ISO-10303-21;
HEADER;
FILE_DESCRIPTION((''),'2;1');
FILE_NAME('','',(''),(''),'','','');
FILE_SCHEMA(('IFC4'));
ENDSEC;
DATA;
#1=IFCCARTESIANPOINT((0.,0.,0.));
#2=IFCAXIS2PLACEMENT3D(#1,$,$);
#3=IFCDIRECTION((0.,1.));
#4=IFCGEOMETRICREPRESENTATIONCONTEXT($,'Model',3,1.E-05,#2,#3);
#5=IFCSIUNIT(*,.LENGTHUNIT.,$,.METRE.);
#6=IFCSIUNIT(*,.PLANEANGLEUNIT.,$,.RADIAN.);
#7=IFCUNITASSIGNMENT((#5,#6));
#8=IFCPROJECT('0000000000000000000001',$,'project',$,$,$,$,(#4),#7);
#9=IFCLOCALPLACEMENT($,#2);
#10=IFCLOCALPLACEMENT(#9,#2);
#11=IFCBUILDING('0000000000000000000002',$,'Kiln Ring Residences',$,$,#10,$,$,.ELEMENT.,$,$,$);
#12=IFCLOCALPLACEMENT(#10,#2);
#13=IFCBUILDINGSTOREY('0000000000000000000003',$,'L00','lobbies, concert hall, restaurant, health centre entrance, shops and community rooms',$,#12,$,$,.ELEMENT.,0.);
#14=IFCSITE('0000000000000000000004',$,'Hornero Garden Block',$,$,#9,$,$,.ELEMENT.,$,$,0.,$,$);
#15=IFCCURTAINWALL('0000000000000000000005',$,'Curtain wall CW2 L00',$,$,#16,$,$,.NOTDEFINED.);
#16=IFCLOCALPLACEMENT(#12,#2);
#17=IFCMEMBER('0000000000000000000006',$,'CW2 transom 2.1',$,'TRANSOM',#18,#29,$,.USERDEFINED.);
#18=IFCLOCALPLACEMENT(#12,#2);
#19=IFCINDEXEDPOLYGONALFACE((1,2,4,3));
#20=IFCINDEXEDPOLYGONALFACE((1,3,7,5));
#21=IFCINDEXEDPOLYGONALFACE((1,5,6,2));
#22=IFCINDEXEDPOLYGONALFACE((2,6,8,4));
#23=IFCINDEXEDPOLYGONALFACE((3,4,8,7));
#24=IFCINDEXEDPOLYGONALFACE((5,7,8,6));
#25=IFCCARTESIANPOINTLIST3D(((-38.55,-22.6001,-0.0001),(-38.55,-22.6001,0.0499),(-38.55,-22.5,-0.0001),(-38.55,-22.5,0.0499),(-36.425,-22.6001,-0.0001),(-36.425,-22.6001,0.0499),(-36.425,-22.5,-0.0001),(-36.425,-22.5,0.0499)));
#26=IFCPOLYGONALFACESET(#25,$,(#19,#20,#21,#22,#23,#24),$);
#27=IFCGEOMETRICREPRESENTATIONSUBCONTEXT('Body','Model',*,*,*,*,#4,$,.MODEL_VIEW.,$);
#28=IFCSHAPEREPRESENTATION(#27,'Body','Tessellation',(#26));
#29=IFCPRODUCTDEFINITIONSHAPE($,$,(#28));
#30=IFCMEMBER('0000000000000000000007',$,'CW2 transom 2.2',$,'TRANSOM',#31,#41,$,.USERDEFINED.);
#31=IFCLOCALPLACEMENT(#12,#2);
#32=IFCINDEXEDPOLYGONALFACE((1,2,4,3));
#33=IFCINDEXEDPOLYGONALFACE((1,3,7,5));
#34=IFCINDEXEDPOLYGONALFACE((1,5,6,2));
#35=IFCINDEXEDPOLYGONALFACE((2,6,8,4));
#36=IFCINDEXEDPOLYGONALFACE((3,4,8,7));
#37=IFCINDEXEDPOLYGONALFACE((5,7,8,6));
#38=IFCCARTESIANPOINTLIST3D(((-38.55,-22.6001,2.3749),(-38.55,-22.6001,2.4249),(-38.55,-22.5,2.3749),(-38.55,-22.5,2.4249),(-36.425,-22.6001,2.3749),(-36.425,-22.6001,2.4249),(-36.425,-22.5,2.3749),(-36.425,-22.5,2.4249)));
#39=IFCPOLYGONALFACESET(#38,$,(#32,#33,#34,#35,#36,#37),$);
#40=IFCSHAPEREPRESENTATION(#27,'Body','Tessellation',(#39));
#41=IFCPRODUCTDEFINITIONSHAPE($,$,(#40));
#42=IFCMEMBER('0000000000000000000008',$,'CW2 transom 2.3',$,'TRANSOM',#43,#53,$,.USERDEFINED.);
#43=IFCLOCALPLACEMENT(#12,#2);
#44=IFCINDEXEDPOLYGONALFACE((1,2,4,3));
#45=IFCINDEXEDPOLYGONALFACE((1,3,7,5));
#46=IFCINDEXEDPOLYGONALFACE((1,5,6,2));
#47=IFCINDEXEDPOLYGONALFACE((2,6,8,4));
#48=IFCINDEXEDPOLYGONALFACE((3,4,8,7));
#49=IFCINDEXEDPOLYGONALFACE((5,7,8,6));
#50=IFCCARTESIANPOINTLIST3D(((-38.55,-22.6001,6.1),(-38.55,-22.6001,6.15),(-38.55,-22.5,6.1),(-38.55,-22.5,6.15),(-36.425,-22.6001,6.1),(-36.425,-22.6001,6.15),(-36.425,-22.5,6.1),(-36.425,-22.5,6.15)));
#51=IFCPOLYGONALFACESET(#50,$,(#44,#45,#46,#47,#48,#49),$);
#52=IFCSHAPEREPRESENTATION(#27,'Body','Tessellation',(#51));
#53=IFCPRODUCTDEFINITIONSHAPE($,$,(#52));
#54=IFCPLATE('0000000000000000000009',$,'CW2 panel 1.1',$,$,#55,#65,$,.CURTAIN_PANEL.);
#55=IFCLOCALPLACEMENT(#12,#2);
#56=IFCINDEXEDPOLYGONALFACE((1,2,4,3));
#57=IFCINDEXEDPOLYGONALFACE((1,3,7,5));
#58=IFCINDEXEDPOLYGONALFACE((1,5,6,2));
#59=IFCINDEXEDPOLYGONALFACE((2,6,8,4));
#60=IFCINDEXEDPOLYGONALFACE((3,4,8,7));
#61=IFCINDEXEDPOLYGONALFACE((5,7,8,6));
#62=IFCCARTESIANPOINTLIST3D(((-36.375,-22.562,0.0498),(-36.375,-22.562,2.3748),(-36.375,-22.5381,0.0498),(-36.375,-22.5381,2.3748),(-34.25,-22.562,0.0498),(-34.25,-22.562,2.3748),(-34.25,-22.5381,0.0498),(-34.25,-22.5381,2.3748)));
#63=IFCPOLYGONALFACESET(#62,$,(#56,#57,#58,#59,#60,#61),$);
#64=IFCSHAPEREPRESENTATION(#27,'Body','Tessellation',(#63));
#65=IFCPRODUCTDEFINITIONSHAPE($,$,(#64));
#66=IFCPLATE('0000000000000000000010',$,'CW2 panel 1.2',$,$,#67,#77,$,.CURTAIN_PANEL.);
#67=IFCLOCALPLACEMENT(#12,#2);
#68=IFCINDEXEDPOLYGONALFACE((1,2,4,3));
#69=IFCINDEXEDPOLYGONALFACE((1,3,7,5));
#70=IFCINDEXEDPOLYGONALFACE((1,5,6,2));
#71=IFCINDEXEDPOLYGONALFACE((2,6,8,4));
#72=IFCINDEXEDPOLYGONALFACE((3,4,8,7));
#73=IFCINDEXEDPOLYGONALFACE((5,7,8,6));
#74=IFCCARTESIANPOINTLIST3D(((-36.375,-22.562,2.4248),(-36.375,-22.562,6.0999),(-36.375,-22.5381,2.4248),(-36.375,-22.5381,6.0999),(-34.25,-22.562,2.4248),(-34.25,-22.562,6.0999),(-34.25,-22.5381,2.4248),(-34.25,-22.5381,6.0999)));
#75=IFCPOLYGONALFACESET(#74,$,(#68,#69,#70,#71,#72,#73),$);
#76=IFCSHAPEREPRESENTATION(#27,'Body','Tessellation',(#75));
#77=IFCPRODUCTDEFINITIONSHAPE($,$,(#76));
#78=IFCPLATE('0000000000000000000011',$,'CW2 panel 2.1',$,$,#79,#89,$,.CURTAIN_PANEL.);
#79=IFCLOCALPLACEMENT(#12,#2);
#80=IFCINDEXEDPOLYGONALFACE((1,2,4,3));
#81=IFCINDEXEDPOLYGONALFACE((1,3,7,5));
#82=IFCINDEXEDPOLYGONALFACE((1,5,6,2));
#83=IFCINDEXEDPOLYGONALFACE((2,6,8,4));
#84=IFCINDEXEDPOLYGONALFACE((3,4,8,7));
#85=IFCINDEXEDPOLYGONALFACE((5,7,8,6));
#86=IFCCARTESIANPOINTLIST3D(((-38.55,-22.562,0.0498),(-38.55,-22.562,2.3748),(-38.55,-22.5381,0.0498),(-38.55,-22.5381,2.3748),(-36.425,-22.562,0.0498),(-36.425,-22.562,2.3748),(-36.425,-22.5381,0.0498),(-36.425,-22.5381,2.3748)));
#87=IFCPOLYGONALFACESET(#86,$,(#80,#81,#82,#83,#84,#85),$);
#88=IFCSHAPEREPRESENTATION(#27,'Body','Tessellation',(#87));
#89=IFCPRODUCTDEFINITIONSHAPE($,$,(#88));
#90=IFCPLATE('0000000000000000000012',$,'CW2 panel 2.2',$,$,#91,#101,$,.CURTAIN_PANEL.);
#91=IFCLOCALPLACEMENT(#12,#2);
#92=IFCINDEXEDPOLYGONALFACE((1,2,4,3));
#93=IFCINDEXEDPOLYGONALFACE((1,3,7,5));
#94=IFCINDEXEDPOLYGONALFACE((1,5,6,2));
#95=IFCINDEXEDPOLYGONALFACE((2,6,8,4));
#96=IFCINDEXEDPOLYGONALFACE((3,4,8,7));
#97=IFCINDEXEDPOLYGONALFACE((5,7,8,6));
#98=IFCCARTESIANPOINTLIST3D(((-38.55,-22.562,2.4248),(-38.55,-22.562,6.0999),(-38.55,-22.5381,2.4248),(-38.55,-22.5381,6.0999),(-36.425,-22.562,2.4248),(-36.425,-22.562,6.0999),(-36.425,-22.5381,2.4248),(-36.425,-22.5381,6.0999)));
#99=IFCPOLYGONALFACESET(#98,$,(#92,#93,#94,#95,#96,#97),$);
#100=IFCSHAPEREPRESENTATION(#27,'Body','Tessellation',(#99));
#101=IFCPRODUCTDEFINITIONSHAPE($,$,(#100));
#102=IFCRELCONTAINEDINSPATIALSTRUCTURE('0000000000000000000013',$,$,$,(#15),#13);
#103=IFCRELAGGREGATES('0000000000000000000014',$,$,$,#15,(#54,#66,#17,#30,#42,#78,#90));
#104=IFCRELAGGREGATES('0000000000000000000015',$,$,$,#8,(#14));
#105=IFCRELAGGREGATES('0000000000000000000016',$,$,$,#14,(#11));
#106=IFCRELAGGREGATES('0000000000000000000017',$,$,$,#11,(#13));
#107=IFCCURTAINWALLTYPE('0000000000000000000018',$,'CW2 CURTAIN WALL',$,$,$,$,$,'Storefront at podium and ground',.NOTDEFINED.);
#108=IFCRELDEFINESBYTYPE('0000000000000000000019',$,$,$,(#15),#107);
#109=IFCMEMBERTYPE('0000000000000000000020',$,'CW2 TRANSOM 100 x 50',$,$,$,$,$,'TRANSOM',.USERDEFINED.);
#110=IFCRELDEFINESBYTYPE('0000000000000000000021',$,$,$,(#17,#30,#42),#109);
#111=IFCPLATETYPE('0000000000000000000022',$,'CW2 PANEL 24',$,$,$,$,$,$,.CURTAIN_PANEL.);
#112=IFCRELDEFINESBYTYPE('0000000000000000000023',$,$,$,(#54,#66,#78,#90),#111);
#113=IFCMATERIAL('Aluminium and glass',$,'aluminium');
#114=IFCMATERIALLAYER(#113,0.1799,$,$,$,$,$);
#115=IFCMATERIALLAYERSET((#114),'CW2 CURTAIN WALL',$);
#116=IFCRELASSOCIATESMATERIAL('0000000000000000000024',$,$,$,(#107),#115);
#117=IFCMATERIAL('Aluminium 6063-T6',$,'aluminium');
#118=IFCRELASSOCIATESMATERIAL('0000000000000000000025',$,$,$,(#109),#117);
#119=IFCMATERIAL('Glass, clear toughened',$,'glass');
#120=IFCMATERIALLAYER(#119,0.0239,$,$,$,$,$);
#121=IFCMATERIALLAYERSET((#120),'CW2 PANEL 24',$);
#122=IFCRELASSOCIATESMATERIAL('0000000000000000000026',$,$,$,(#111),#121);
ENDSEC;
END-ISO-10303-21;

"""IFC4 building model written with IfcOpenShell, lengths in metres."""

from ifc_helpers import new_model, si_unit, direction, frame, origin, origin_2d, place, context, subcontext, project, spatial, rectangle, extrude, material, layer, layer_set, material_profile, profile_set, type_object, element, aggregate, save


model = new_model("IFC4")

# Units and contexts
model_context = context("Model", 3, precision=1e-05, world=origin(), true_north=direction((0.0, 1.0)))
body_context = subcontext(model_context, "Body", "Model", "MODEL_VIEW")
ifc_project = project(units=[si_unit("LENGTHUNIT", "METRE"), si_unit("PLANEANGLEUNIT", "RADIAN")], contexts=[model_context])

# Site, building, storey
site_placement = place(None, origin())
site = spatial("IfcSite", under=ifc_project, at=site_placement, Name="Hornero Garden Block", CompositionType="ELEMENT", RefElevation=0.0)
building_placement = place(site_placement, origin())
building = spatial("IfcBuilding", under=site, at=building_placement, Name="Kiln Ring Residences", CompositionType="ELEMENT")
storey_placement = place(building_placement, origin())
storey = spatial("IfcBuildingStorey", under=building, at=storey_placement, Name="L00", Description="lobbies, concert hall, restaurant, health centre entrance, shops and community rooms", CompositionType="ELEMENT", Elevation=0.0)

# Curtain wall
ifc_material_1 = material(Name="Aluminium and glass", Category="aluminium")
ifc_layer_1 = layer(ifc_material_1, 0.1799)
ifc_layer_set_1 = layer_set([ifc_layer_1], Name="CW2 CURTAIN WALL")
curtain_wall_type = type_object("IfcCurtainWallType", Name="CW2 CURTAIN WALL", ElementType="Storefront at podium and ground", PredefinedType="NOTDEFINED", material=ifc_layer_set_1)
placement = place(storey_placement, origin())
curtain_wall_1 = element("IfcCurtainWall", 1, at=placement, inside=storey, type_object=curtain_wall_type, Name="Curtain wall CW2 L00", PredefinedType="NOTDEFINED")

# Members
ifc_material_2 = material(Name="Aluminium 6063-T6", Category="aluminium")
ifc_material_profile_1 = material_profile(ifc_material_2, rectangle(XDim=0.1001, YDim=0.05, at=origin_2d()), Name="AL 100x50")
ifc_profile_set_1 = profile_set([ifc_material_profile_1], Name="Aluminium 6063-T6")
member_type_1 = type_object("IfcMemberType", Name="CW2 TRANSOM 100 x 50", ElementType="TRANSOM", PredefinedType="USERDEFINED", material=ifc_profile_set_1)
member_1_placement = place(storey_placement, frame((-36.425, -22.55, 0.0249), z_axis=(-1.0, 0.0, 0.0), x_axis=(0.0, -1.0, 0.0)))
member_1 = element("IfcMember", 2, at=member_1_placement, type_object=member_type_1, Name="CW2 transom 2.1", ObjectType="TRANSOM", PredefinedType="USERDEFINED", context=body_context, shape_type="SweptSolid", body=[
    extrude(rectangle(XDim=0.1001, YDim=0.05, at=origin_2d()), origin(), (0.0, 0.0, 1.0), 2.125),
])
member_2_placement = place(storey_placement, frame((-36.425, -22.55, 2.3999), z_axis=(-1.0, 0.0, 0.0), x_axis=(0.0, -1.0, 0.0)))
member_2 = element("IfcMember", 3, at=member_2_placement, type_object=member_type_1, Name="CW2 transom 2.2", ObjectType="TRANSOM", PredefinedType="USERDEFINED", context=body_context, shape_type="SweptSolid", body=[
    extrude(rectangle(XDim=0.1001, YDim=0.05, at=origin_2d()), origin(), (0.0, 0.0, 1.0), 2.125),
])
member_3_placement = place(storey_placement, frame((-36.425, -22.55, 6.125), z_axis=(-1.0, 0.0, 0.0), x_axis=(0.0, -1.0, 0.0)))
member_3 = element("IfcMember", 4, at=member_3_placement, type_object=member_type_1, Name="CW2 transom 2.3", ObjectType="TRANSOM", PredefinedType="USERDEFINED", context=body_context, shape_type="SweptSolid", body=[
    extrude(rectangle(XDim=0.1001, YDim=0.05, at=origin_2d()), origin(), (0.0, 0.0, 1.0), 2.125),
])

# Plates
ifc_material_3 = material(Name="Glass, clear toughened", Category="glass")
ifc_layer_2 = layer(ifc_material_3, 0.0239)
ifc_layer_set_2 = layer_set([ifc_layer_2], Name="CW2 PANEL 24")
plate_type = type_object("IfcPlateType", Name="CW2 PANEL 24", PredefinedType="CURTAIN_PANEL", material=ifc_layer_set_2)
plate_1_placement = place(storey_placement, frame((-35.3125, -22.55, 0.0498), z_axis=(0.0, 0.0, 1.0), x_axis=(-1.0, 0.0, 0.0)))
plate_1 = element("IfcPlate", 5, at=plate_1_placement, type_object=plate_type, Name="CW2 panel 1.1", PredefinedType="CURTAIN_PANEL", context=body_context, shape_type="SweptSolid", body=[
    extrude(rectangle(XDim=2.125, YDim=0.0239, at=origin_2d()), origin(), (0.0, 0.0, 1.0), 2.325),
])
plate_2_placement = place(storey_placement, frame((-35.3125, -22.55, 2.4248), z_axis=(0.0, 0.0, 1.0), x_axis=(-1.0, 0.0, 0.0)))
plate_2 = element("IfcPlate", 6, at=plate_2_placement, type_object=plate_type, Name="CW2 panel 1.2", PredefinedType="CURTAIN_PANEL", context=body_context, shape_type="SweptSolid", body=[
    extrude(rectangle(XDim=2.125, YDim=0.0239, at=origin_2d()), origin(), (0.0, 0.0, 1.0), 3.675),
])
plate_3_placement = place(storey_placement, frame((-37.4875, -22.55, 0.0498), z_axis=(0.0, 0.0, 1.0), x_axis=(-1.0, 0.0, 0.0)))
plate_3 = element("IfcPlate", 7, at=plate_3_placement, type_object=plate_type, Name="CW2 panel 2.1", PredefinedType="CURTAIN_PANEL", context=body_context, shape_type="SweptSolid", body=[
    extrude(rectangle(XDim=2.125, YDim=0.0239, at=origin_2d()), origin(), (0.0, 0.0, 1.0), 2.325),
])
plate_4_placement = place(storey_placement, frame((-37.4875, -22.55, 2.4248), z_axis=(0.0, 0.0, 1.0), x_axis=(-1.0, 0.0, 0.0)))
plate_4 = element("IfcPlate", 8, at=plate_4_placement, type_object=plate_type, Name="CW2 panel 2.2", PredefinedType="CURTAIN_PANEL", context=body_context, shape_type="SweptSolid", body=[
    extrude(rectangle(XDim=2.125, YDim=0.0239, at=origin_2d()), origin(), (0.0, 0.0, 1.0), 3.675),
])
aggregate(curtain_wall_1, [plate_1, plate_2, member_1, member_2, member_3, plate_3, plate_4])

save(model, "model.ifc")
